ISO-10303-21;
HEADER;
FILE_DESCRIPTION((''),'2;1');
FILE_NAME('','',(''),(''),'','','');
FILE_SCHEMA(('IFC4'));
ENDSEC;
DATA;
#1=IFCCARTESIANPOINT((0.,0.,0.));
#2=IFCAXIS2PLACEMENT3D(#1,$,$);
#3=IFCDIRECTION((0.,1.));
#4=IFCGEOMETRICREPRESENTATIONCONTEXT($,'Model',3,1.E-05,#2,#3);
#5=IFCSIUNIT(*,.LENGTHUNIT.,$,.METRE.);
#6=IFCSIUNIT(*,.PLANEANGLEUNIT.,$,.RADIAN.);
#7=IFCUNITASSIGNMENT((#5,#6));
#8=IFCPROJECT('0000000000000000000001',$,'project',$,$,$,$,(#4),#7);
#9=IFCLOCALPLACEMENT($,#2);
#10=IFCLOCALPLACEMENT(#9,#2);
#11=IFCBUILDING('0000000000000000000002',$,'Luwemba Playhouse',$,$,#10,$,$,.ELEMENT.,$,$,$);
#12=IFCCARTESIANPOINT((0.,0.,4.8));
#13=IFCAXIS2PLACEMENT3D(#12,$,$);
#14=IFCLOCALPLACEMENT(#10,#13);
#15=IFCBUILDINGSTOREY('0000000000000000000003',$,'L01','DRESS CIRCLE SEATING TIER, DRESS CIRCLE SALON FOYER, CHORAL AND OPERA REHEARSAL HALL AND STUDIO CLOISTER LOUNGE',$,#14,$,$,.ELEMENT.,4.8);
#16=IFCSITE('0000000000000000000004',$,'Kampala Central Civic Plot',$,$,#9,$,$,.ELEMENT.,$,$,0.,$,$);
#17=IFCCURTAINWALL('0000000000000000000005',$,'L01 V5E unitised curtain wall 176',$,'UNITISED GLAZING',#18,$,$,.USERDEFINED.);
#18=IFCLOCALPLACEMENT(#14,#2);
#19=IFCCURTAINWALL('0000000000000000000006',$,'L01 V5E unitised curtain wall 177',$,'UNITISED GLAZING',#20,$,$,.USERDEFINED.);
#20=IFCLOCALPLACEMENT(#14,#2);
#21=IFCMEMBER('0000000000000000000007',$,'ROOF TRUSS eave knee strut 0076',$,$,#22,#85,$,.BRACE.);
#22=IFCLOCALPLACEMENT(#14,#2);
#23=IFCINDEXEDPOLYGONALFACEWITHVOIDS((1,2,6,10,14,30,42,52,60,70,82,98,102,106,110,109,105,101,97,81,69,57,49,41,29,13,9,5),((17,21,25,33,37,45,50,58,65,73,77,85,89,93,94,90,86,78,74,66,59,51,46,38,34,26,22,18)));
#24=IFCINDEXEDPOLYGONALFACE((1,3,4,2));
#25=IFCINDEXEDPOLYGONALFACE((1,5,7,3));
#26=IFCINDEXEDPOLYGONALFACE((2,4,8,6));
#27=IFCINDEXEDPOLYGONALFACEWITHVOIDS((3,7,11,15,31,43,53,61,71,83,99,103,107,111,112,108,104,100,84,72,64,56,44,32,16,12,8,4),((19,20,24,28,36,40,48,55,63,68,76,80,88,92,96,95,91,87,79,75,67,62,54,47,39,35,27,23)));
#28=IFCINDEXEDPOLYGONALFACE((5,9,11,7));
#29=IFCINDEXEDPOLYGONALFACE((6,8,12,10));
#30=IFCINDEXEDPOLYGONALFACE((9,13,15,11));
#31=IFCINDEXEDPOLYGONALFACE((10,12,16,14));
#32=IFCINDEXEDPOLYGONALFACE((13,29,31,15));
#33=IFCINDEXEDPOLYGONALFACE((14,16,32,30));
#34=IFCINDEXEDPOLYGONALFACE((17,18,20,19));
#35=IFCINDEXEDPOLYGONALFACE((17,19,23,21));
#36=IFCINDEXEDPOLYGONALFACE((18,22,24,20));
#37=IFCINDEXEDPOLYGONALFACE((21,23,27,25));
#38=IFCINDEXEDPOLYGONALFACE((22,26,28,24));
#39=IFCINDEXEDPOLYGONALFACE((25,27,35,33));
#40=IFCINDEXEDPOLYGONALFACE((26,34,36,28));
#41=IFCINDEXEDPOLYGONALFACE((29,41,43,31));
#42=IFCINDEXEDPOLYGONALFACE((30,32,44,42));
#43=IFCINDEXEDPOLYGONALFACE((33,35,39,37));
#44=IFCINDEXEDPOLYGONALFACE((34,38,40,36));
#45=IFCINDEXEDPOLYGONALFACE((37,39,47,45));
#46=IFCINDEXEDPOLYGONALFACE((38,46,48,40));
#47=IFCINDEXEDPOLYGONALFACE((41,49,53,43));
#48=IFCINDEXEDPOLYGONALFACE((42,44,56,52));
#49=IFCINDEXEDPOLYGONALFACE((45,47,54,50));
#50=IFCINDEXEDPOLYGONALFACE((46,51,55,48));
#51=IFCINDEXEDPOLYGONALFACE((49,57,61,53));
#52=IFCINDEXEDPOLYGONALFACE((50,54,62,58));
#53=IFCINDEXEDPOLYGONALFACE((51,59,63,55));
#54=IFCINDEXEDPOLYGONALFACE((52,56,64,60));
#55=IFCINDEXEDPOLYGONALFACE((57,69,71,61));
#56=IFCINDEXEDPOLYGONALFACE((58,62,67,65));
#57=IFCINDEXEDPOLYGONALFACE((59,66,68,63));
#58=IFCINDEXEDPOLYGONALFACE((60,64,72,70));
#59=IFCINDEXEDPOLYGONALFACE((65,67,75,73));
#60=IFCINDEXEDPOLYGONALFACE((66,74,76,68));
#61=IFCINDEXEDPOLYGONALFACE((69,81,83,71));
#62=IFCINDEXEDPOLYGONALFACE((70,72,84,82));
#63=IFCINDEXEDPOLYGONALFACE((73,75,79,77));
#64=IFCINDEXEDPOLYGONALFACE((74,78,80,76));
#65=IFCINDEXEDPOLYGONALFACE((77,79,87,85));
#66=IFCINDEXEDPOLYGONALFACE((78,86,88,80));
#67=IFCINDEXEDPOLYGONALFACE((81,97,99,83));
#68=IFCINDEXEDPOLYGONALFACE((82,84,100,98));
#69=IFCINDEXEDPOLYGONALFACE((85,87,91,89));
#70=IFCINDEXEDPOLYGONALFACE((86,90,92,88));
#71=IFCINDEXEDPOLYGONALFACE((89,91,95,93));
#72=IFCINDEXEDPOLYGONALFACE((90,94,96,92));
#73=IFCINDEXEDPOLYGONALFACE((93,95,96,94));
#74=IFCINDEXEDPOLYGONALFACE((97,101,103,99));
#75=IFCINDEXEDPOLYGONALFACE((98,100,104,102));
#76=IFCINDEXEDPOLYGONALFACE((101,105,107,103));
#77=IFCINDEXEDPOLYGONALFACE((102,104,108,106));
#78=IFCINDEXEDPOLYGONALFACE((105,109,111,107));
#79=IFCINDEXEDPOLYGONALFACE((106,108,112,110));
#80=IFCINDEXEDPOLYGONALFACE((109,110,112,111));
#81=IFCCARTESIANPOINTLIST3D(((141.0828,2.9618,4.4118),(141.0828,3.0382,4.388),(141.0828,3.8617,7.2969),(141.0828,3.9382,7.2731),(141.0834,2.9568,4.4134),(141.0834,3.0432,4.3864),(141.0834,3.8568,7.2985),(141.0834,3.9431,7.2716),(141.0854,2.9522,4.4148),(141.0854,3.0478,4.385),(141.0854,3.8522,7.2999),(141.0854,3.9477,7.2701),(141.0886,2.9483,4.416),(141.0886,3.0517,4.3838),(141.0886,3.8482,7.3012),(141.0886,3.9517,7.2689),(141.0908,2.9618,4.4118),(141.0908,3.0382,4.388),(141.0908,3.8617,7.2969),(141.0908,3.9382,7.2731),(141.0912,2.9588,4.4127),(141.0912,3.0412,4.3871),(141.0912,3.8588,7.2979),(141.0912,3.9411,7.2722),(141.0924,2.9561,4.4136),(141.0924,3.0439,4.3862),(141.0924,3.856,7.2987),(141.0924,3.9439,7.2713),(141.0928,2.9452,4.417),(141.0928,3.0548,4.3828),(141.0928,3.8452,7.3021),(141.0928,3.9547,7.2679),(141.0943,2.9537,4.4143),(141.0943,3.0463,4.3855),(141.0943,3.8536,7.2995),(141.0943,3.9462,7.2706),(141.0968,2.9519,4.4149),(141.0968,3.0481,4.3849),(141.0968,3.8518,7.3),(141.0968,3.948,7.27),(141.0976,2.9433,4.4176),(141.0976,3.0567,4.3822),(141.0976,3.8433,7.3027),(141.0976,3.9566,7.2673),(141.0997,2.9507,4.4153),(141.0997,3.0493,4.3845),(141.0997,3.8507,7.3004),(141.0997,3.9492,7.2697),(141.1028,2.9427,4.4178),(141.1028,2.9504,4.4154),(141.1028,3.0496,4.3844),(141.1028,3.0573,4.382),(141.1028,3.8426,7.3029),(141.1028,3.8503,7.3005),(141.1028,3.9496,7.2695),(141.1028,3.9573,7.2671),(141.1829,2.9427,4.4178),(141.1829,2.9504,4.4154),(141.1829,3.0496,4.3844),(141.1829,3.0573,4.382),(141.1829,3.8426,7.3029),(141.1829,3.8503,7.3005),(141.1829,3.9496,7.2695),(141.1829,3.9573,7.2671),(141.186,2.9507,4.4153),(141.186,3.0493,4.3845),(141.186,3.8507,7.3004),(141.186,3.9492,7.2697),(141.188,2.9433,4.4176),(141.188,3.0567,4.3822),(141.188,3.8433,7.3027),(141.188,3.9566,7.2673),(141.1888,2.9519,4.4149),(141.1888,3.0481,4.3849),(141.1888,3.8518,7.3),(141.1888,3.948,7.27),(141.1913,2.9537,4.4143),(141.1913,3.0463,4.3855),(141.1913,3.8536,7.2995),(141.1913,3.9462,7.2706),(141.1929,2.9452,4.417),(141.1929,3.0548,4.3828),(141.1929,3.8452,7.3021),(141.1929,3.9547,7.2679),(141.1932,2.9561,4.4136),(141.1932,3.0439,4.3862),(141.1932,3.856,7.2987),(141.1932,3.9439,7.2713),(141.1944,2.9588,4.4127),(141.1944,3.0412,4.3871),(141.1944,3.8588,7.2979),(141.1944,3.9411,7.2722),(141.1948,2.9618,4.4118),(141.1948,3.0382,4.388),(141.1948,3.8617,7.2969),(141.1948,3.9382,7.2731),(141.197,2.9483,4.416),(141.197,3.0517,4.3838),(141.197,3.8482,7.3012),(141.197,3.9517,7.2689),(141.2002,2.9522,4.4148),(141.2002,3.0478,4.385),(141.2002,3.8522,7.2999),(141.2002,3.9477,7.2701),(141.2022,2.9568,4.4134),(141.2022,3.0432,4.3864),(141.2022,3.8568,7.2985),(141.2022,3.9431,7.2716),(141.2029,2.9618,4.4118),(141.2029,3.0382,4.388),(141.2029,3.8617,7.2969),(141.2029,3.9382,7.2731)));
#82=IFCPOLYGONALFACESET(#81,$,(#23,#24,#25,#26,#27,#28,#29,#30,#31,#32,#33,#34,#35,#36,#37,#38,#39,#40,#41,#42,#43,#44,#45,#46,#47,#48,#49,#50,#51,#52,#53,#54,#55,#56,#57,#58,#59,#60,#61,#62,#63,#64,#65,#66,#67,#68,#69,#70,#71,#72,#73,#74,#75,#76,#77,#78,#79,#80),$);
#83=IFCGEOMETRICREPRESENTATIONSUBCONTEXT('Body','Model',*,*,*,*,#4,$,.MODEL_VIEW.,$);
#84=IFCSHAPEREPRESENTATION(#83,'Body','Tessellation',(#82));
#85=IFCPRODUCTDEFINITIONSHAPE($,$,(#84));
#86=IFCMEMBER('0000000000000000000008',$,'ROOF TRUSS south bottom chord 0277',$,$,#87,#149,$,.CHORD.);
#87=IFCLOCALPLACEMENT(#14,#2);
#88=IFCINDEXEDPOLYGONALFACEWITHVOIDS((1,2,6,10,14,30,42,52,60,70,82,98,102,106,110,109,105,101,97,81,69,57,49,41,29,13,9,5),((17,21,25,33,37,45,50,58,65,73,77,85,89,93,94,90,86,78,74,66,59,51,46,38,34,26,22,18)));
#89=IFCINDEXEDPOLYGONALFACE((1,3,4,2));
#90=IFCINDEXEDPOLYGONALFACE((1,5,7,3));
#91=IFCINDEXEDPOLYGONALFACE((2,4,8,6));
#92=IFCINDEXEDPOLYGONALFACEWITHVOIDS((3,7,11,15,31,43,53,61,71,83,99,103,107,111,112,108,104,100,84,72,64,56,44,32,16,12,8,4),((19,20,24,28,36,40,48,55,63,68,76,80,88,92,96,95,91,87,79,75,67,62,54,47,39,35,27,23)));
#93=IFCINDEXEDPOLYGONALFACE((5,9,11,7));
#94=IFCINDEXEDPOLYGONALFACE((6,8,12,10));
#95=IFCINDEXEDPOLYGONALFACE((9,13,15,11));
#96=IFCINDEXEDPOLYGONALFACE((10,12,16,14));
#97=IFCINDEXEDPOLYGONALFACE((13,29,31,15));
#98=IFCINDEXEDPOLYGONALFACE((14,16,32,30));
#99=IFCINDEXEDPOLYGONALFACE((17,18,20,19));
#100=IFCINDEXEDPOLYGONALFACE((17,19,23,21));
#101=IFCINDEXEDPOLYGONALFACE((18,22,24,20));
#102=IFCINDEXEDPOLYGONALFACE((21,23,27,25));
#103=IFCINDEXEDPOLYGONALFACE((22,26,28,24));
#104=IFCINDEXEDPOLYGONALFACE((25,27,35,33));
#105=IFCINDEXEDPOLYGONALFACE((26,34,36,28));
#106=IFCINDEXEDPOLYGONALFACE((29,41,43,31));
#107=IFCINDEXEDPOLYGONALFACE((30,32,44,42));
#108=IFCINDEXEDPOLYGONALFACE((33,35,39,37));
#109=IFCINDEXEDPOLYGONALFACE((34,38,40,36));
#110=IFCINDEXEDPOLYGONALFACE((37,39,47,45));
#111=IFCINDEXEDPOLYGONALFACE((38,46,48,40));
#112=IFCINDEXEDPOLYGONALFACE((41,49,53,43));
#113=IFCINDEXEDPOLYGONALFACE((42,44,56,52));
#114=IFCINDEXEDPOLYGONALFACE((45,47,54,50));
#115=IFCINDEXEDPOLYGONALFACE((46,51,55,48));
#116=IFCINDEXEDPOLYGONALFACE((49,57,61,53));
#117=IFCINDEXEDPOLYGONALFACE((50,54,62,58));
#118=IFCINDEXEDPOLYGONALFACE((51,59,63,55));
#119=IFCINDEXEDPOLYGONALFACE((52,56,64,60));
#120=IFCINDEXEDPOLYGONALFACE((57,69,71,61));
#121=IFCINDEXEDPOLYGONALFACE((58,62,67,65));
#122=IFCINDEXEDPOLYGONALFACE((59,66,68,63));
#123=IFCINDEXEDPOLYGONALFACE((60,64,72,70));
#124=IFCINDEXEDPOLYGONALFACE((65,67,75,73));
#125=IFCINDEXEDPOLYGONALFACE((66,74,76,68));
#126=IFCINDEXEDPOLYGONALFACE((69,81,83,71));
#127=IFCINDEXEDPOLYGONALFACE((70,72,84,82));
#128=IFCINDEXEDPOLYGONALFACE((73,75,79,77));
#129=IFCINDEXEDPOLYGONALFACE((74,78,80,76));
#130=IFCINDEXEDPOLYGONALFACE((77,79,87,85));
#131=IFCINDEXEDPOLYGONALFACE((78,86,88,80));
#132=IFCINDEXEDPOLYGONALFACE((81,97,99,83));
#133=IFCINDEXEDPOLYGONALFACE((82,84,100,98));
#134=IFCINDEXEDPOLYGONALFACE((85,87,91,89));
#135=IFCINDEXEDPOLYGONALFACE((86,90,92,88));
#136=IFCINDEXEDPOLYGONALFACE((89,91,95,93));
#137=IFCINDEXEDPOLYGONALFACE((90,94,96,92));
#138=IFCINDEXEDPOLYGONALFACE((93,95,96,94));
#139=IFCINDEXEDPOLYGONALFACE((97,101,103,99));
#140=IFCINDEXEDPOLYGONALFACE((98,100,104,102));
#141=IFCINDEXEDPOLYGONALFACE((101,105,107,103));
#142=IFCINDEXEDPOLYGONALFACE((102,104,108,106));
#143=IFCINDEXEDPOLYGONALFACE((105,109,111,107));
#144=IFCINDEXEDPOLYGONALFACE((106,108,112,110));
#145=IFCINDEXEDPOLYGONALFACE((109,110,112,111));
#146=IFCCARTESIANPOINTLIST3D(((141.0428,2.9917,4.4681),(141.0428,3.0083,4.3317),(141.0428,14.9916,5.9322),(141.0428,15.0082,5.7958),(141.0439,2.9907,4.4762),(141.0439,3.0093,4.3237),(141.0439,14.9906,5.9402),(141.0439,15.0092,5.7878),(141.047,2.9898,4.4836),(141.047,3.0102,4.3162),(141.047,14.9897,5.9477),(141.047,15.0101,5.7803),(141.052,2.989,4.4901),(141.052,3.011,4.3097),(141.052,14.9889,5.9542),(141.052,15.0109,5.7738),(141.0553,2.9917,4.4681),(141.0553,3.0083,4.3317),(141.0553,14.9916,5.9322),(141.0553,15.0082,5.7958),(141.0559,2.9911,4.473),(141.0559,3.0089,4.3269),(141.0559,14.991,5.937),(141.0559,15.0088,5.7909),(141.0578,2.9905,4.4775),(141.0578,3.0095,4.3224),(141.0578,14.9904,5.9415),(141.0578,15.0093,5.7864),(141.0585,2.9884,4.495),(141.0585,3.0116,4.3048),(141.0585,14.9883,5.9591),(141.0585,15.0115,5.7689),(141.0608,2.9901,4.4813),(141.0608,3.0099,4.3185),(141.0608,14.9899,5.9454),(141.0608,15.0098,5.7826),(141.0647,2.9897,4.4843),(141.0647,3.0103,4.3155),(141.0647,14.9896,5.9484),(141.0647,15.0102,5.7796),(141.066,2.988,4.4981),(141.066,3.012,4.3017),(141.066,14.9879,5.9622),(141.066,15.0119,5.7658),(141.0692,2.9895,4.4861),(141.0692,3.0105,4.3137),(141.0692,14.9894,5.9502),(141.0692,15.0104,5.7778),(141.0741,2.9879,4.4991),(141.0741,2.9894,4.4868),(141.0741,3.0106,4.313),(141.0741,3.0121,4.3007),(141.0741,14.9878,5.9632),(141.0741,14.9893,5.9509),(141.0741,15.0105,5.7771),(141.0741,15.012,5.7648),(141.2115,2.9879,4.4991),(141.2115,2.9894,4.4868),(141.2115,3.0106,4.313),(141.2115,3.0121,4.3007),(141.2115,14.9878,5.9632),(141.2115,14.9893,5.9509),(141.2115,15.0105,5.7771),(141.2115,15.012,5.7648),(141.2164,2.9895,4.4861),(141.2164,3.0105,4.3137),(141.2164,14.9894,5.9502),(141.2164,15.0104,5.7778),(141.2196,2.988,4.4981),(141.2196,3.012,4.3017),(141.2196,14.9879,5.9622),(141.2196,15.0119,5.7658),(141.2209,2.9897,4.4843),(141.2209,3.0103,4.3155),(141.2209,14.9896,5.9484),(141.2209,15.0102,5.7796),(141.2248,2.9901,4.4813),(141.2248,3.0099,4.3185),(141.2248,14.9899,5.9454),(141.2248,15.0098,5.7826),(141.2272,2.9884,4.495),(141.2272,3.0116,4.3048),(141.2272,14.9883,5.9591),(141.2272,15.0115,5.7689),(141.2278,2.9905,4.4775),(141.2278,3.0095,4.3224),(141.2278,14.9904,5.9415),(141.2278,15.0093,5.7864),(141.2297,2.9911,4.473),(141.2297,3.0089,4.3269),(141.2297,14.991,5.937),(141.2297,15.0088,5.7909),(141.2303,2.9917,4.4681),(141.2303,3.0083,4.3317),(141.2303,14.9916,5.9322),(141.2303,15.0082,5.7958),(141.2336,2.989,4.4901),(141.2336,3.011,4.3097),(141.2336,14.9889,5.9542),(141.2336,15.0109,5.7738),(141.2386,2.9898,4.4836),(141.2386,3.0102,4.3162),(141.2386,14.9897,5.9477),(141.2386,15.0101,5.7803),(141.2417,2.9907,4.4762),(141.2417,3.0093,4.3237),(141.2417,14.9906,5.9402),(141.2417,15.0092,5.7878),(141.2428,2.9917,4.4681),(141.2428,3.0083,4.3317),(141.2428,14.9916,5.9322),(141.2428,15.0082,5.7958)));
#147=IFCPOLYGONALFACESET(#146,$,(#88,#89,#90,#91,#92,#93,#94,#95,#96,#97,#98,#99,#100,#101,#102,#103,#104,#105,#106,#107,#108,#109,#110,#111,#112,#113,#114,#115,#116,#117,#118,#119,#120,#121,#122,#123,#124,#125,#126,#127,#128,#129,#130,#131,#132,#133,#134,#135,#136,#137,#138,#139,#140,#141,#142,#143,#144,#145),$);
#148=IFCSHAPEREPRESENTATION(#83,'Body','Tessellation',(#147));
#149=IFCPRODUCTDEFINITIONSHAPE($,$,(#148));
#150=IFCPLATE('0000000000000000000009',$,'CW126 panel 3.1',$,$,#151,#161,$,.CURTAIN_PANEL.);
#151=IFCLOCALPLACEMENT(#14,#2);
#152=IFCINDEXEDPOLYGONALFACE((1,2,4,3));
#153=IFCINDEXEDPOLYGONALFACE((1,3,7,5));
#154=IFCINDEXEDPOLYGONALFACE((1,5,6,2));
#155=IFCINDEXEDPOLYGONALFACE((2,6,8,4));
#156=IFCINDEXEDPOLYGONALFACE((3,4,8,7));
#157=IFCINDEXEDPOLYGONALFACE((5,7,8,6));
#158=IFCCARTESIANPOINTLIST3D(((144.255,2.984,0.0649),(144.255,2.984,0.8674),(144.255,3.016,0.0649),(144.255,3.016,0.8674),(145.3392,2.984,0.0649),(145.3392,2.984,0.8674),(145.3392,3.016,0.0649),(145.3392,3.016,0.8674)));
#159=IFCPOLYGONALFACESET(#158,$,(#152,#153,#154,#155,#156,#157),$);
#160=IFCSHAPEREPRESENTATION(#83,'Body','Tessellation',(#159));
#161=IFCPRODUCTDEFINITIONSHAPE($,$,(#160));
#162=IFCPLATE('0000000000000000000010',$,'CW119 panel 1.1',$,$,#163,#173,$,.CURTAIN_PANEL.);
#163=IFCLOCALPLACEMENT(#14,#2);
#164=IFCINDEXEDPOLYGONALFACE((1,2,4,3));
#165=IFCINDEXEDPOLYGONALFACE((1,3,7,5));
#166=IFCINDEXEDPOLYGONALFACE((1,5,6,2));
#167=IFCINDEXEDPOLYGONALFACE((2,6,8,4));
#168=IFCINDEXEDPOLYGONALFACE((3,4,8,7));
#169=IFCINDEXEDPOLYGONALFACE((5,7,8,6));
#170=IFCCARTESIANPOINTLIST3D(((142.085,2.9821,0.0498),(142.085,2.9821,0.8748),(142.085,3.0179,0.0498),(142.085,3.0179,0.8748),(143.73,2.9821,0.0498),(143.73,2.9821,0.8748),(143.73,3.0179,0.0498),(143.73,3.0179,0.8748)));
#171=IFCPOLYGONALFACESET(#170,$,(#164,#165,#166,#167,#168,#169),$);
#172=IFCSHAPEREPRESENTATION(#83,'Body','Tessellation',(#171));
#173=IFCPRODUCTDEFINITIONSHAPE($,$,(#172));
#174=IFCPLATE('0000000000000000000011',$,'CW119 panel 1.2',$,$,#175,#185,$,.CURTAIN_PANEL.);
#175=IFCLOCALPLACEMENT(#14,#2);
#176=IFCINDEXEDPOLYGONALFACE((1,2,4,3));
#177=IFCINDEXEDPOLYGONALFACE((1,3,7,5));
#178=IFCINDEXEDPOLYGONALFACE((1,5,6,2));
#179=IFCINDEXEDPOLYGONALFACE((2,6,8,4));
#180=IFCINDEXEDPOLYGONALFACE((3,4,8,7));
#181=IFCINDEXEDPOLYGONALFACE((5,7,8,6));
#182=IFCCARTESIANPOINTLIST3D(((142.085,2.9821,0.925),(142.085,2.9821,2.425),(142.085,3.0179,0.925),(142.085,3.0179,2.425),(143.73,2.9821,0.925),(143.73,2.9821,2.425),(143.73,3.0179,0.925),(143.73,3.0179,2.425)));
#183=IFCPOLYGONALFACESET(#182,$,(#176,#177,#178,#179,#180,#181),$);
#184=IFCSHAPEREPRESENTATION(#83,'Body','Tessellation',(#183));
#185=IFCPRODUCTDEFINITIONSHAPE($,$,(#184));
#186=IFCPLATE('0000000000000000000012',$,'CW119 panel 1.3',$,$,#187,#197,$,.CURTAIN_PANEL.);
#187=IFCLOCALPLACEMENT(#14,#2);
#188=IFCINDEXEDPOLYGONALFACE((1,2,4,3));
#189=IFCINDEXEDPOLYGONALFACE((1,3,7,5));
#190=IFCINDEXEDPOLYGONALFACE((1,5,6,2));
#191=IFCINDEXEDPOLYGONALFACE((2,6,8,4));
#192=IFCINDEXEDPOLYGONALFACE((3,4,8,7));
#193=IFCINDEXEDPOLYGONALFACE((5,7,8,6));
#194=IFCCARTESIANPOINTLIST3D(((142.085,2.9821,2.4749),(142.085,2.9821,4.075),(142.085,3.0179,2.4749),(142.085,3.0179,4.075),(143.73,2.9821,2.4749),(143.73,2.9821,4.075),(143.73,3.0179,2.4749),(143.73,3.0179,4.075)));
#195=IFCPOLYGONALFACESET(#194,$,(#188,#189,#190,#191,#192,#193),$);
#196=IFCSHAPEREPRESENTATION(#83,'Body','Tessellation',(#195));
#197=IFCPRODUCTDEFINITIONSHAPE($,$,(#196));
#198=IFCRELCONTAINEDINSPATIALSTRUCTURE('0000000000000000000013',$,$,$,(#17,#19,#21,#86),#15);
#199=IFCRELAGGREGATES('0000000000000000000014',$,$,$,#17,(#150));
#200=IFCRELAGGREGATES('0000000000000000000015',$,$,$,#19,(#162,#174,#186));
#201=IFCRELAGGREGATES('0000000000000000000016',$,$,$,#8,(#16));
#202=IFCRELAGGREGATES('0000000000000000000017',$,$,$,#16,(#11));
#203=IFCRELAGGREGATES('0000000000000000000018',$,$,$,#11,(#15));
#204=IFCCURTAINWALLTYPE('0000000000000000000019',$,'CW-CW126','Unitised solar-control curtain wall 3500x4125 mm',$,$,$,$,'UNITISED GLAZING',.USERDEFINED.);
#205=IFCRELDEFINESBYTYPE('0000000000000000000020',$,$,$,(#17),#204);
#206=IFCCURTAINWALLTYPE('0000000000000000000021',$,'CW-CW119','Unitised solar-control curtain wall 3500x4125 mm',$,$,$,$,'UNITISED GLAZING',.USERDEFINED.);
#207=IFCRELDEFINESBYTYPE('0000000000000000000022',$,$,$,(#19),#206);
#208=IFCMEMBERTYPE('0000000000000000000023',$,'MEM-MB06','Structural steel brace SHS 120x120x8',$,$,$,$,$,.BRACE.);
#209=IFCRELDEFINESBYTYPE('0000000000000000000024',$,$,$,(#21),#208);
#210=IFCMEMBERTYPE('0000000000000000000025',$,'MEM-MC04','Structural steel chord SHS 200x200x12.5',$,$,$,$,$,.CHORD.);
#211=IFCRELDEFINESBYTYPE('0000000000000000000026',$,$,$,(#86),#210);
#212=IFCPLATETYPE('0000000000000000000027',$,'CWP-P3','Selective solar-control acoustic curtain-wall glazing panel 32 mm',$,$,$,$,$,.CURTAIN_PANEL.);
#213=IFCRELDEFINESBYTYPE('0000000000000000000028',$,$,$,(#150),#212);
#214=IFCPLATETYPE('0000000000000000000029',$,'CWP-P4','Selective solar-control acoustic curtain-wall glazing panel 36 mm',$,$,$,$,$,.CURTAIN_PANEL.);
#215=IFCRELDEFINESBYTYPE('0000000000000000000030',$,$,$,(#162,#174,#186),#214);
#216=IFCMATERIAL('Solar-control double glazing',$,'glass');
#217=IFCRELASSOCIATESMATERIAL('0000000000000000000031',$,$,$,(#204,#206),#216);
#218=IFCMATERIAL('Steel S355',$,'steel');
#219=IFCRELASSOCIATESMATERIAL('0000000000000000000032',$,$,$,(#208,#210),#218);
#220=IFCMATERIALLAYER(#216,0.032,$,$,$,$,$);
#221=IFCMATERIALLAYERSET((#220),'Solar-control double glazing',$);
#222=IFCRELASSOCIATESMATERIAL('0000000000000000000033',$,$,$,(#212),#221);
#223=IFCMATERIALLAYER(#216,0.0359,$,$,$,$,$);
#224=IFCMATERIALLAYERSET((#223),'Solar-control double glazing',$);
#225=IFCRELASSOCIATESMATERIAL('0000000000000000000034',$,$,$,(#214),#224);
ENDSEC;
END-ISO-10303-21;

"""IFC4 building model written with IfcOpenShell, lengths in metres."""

from ifc_helpers import new_model, si_unit, direction, frame, origin, origin_2d, place, context, subcontext, project, spatial, rectangle, hollow_rectangle, extrude, material, layer, layer_set, material_profile, profile_set, type_object, element, aggregate, save


model = new_model("IFC4")

# Units and contexts
model_context = context("Model", 3, precision=1e-05, world=origin(), true_north=direction((0.0, 1.0)))
body_context = subcontext(model_context, "Body", "Model", "MODEL_VIEW")
ifc_project = project(units=[si_unit("LENGTHUNIT", "METRE"), si_unit("PLANEANGLEUNIT", "RADIAN")], contexts=[model_context])

# Site, building, storey
site_placement = place(None, origin())
site = spatial("IfcSite", under=ifc_project, at=site_placement, Name="Kampala Central Civic Plot", CompositionType="ELEMENT", RefElevation=0.0)
building_placement = place(site_placement, origin())
building = spatial("IfcBuilding", under=site, at=building_placement, Name="Luwemba Playhouse", CompositionType="ELEMENT")
storey_placement = place(building_placement, frame((0.0, 0.0, 4.8)))
storey = spatial("IfcBuildingStorey", under=building, at=storey_placement, Name="L01", Description="DRESS CIRCLE SEATING TIER, DRESS CIRCLE SALON FOYER, CHORAL AND OPERA REHEARSAL HALL AND STUDIO CLOISTER LOUNGE", CompositionType="ELEMENT", Elevation=4.8)

# Shared definitions
ifc_material_1 = material(Name="Steel S355", Category="steel")

# Curtain wall
ifc_material_2 = material(Name="Solar-control double glazing", Category="glass")
curtain_wall_type_1 = type_object("IfcCurtainWallType", Name="CW-CW126", Description="Unitised solar-control curtain wall 3500x4125 mm", ElementType="UNITISED GLAZING", PredefinedType="USERDEFINED", material=ifc_material_2)
curtain_wall_1_placement = place(storey_placement, origin())
curtain_wall_1 = element("IfcCurtainWall", 1, at=curtain_wall_1_placement, inside=storey, type_object=curtain_wall_type_1, Name="L01 V5E unitised curtain wall 176", ObjectType="UNITISED GLAZING", PredefinedType="USERDEFINED")

# Curtain wall
curtain_wall_type_2 = type_object("IfcCurtainWallType", Name="CW-CW119", Description="Unitised solar-control curtain wall 3500x4125 mm", ElementType="UNITISED GLAZING", PredefinedType="USERDEFINED", material=ifc_material_2)
curtain_wall_2_placement = place(storey_placement, origin())
curtain_wall_2 = element("IfcCurtainWall", 2, at=curtain_wall_2_placement, inside=storey, type_object=curtain_wall_type_2, Name="L01 V5E unitised curtain wall 177", ObjectType="UNITISED GLAZING", PredefinedType="USERDEFINED")

# Members
ifc_material_profile_1 = material_profile(ifc_material_1, hollow_rectangle(XDim=0.1201, YDim=0.1201, WallThickness=0.0081, InnerFilletRadius=0.012, OuterFilletRadius=0.02, at=origin_2d()))
ifc_profile_set_1 = profile_set([ifc_material_profile_1], Name="Steel S355")
member_type_1 = type_object("IfcMemberType", Name="MEM-MB06", Description="Structural steel brace SHS 120x120x8", PredefinedType="BRACE", material=ifc_profile_set_1)
member_1_placement = place(storey_placement, frame((141.1428, 3.0, 4.3999), z_axis=(0.0, 0.297774, 0.954637), x_axis=(-1.0, 0.0, 0.0)))
element("IfcMember", 3, at=member_1_placement, inside=storey, type_object=member_type_1, Name="ROOF TRUSS eave knee strut 0076", PredefinedType="BRACE", context=body_context, shape_type="SweptSolid", body=[
    extrude(hollow_rectangle(XDim=0.1201, YDim=0.1201, WallThickness=0.0081, InnerFilletRadius=0.012, OuterFilletRadius=0.02, at=origin_2d()), origin(), (0.0, 0.0, 1.0), 3.0222),
])
ifc_material_profile_2 = material_profile(ifc_material_1, hollow_rectangle(XDim=0.2, YDim=0.2, WallThickness=0.0125, InnerFilletRadius=0.0188, OuterFilletRadius=0.0312, at=origin_2d()))
ifc_profile_set_2 = profile_set([ifc_material_profile_2], Name="Steel S355")
member_type_2 = type_object("IfcMemberType", Name="MEM-MC04", Description="Structural steel chord SHS 200x200x12.5", PredefinedType="CHORD", material=ifc_profile_set_2)
member_2_placement = place(storey_placement, frame((141.1428, 3.0, 4.3999), z_axis=(0.0, 0.992639, 0.121111), x_axis=(-1.0, 0.0, 0.0)))
element("IfcMember", 4, at=member_2_placement, inside=storey, type_object=member_type_2, Name="ROOF TRUSS south bottom chord 0277", PredefinedType="CHORD", context=body_context, shape_type="SweptSolid", body=[
    extrude(hollow_rectangle(XDim=0.2, YDim=0.2, WallThickness=0.0125, InnerFilletRadius=0.0188, OuterFilletRadius=0.0312, at=origin_2d()), origin(), (0.0, 0.0, 1.0), 12.0889),
])

# Plates
ifc_layer_1 = layer(ifc_material_2, 0.032)
ifc_layer_set_1 = layer_set([ifc_layer_1], Name="Solar-control double glazing")
plate_type_1 = type_object("IfcPlateType", Name="CWP-P3", Description="Selective solar-control acoustic curtain-wall glazing panel 32 mm", PredefinedType="CURTAIN_PANEL", material=ifc_layer_set_1)
plate_1_placement = place(storey_placement, frame((144.7971, 3.0, 0.0649), z_axis=(0.0, 0.0, 1.0), x_axis=(-1.0, 0.0, 0.0)))
plate_1 = element("IfcPlate", 5, at=plate_1_placement, type_object=plate_type_1, Name="CW126 panel 3.1", PredefinedType="CURTAIN_PANEL", context=body_context, shape_type="SweptSolid", body=[
    extrude(rectangle(XDim=1.0842, YDim=0.032, at=origin_2d()), origin(), (0.0, 0.0, 1.0), 0.8025),
])
aggregate(curtain_wall_1, [plate_1])
ifc_layer_2 = layer(ifc_material_2, 0.0359)
ifc_layer_set_2 = layer_set([ifc_layer_2], Name="Solar-control double glazing")
plate_type_2 = type_object("IfcPlateType", Name="CWP-P4", Description="Selective solar-control acoustic curtain-wall glazing panel 36 mm", PredefinedType="CURTAIN_PANEL", material=ifc_layer_set_2)
plate_2_placement = place(storey_placement, frame((142.9075, 3.0, 0.0498), z_axis=(0.0, 0.0, 1.0), x_axis=(-1.0, 0.0, 0.0)))
plate_2 = element("IfcPlate", 6, at=plate_2_placement, type_object=plate_type_2, Name="CW119 panel 1.1", PredefinedType="CURTAIN_PANEL", context=body_context, shape_type="SweptSolid", body=[
    extrude(rectangle(XDim=1.645, YDim=0.0359, at=origin_2d()), origin(), (0.0, 0.0, 1.0), 0.825),
])
plate_3_placement = place(storey_placement, frame((142.9075, 3.0, 0.925), z_axis=(0.0, 0.0, 1.0), x_axis=(-1.0, 0.0, 0.0)))
plate_3 = element("IfcPlate", 7, at=plate_3_placement, type_object=plate_type_2, Name="CW119 panel 1.2", PredefinedType="CURTAIN_PANEL", context=body_context, shape_type="SweptSolid", body=[
    extrude(rectangle(XDim=1.645, YDim=0.0359, at=origin_2d()), origin(), (0.0, 0.0, 1.0), 1.5),
])
plate_4_placement = place(storey_placement, frame((142.9075, 3.0, 2.4749), z_axis=(0.0, 0.0, 1.0), x_axis=(-1.0, 0.0, 0.0)))
plate_4 = element("IfcPlate", 8, at=plate_4_placement, type_object=plate_type_2, Name="CW119 panel 1.3", PredefinedType="CURTAIN_PANEL", context=body_context, shape_type="SweptSolid", body=[
    extrude(rectangle(XDim=1.645, YDim=0.0359, at=origin_2d()), origin(), (0.0, 0.0, 1.0), 1.6001),
])
aggregate(curtain_wall_2, [plate_2, plate_3, plate_4])

save(model, "model.ifc")
